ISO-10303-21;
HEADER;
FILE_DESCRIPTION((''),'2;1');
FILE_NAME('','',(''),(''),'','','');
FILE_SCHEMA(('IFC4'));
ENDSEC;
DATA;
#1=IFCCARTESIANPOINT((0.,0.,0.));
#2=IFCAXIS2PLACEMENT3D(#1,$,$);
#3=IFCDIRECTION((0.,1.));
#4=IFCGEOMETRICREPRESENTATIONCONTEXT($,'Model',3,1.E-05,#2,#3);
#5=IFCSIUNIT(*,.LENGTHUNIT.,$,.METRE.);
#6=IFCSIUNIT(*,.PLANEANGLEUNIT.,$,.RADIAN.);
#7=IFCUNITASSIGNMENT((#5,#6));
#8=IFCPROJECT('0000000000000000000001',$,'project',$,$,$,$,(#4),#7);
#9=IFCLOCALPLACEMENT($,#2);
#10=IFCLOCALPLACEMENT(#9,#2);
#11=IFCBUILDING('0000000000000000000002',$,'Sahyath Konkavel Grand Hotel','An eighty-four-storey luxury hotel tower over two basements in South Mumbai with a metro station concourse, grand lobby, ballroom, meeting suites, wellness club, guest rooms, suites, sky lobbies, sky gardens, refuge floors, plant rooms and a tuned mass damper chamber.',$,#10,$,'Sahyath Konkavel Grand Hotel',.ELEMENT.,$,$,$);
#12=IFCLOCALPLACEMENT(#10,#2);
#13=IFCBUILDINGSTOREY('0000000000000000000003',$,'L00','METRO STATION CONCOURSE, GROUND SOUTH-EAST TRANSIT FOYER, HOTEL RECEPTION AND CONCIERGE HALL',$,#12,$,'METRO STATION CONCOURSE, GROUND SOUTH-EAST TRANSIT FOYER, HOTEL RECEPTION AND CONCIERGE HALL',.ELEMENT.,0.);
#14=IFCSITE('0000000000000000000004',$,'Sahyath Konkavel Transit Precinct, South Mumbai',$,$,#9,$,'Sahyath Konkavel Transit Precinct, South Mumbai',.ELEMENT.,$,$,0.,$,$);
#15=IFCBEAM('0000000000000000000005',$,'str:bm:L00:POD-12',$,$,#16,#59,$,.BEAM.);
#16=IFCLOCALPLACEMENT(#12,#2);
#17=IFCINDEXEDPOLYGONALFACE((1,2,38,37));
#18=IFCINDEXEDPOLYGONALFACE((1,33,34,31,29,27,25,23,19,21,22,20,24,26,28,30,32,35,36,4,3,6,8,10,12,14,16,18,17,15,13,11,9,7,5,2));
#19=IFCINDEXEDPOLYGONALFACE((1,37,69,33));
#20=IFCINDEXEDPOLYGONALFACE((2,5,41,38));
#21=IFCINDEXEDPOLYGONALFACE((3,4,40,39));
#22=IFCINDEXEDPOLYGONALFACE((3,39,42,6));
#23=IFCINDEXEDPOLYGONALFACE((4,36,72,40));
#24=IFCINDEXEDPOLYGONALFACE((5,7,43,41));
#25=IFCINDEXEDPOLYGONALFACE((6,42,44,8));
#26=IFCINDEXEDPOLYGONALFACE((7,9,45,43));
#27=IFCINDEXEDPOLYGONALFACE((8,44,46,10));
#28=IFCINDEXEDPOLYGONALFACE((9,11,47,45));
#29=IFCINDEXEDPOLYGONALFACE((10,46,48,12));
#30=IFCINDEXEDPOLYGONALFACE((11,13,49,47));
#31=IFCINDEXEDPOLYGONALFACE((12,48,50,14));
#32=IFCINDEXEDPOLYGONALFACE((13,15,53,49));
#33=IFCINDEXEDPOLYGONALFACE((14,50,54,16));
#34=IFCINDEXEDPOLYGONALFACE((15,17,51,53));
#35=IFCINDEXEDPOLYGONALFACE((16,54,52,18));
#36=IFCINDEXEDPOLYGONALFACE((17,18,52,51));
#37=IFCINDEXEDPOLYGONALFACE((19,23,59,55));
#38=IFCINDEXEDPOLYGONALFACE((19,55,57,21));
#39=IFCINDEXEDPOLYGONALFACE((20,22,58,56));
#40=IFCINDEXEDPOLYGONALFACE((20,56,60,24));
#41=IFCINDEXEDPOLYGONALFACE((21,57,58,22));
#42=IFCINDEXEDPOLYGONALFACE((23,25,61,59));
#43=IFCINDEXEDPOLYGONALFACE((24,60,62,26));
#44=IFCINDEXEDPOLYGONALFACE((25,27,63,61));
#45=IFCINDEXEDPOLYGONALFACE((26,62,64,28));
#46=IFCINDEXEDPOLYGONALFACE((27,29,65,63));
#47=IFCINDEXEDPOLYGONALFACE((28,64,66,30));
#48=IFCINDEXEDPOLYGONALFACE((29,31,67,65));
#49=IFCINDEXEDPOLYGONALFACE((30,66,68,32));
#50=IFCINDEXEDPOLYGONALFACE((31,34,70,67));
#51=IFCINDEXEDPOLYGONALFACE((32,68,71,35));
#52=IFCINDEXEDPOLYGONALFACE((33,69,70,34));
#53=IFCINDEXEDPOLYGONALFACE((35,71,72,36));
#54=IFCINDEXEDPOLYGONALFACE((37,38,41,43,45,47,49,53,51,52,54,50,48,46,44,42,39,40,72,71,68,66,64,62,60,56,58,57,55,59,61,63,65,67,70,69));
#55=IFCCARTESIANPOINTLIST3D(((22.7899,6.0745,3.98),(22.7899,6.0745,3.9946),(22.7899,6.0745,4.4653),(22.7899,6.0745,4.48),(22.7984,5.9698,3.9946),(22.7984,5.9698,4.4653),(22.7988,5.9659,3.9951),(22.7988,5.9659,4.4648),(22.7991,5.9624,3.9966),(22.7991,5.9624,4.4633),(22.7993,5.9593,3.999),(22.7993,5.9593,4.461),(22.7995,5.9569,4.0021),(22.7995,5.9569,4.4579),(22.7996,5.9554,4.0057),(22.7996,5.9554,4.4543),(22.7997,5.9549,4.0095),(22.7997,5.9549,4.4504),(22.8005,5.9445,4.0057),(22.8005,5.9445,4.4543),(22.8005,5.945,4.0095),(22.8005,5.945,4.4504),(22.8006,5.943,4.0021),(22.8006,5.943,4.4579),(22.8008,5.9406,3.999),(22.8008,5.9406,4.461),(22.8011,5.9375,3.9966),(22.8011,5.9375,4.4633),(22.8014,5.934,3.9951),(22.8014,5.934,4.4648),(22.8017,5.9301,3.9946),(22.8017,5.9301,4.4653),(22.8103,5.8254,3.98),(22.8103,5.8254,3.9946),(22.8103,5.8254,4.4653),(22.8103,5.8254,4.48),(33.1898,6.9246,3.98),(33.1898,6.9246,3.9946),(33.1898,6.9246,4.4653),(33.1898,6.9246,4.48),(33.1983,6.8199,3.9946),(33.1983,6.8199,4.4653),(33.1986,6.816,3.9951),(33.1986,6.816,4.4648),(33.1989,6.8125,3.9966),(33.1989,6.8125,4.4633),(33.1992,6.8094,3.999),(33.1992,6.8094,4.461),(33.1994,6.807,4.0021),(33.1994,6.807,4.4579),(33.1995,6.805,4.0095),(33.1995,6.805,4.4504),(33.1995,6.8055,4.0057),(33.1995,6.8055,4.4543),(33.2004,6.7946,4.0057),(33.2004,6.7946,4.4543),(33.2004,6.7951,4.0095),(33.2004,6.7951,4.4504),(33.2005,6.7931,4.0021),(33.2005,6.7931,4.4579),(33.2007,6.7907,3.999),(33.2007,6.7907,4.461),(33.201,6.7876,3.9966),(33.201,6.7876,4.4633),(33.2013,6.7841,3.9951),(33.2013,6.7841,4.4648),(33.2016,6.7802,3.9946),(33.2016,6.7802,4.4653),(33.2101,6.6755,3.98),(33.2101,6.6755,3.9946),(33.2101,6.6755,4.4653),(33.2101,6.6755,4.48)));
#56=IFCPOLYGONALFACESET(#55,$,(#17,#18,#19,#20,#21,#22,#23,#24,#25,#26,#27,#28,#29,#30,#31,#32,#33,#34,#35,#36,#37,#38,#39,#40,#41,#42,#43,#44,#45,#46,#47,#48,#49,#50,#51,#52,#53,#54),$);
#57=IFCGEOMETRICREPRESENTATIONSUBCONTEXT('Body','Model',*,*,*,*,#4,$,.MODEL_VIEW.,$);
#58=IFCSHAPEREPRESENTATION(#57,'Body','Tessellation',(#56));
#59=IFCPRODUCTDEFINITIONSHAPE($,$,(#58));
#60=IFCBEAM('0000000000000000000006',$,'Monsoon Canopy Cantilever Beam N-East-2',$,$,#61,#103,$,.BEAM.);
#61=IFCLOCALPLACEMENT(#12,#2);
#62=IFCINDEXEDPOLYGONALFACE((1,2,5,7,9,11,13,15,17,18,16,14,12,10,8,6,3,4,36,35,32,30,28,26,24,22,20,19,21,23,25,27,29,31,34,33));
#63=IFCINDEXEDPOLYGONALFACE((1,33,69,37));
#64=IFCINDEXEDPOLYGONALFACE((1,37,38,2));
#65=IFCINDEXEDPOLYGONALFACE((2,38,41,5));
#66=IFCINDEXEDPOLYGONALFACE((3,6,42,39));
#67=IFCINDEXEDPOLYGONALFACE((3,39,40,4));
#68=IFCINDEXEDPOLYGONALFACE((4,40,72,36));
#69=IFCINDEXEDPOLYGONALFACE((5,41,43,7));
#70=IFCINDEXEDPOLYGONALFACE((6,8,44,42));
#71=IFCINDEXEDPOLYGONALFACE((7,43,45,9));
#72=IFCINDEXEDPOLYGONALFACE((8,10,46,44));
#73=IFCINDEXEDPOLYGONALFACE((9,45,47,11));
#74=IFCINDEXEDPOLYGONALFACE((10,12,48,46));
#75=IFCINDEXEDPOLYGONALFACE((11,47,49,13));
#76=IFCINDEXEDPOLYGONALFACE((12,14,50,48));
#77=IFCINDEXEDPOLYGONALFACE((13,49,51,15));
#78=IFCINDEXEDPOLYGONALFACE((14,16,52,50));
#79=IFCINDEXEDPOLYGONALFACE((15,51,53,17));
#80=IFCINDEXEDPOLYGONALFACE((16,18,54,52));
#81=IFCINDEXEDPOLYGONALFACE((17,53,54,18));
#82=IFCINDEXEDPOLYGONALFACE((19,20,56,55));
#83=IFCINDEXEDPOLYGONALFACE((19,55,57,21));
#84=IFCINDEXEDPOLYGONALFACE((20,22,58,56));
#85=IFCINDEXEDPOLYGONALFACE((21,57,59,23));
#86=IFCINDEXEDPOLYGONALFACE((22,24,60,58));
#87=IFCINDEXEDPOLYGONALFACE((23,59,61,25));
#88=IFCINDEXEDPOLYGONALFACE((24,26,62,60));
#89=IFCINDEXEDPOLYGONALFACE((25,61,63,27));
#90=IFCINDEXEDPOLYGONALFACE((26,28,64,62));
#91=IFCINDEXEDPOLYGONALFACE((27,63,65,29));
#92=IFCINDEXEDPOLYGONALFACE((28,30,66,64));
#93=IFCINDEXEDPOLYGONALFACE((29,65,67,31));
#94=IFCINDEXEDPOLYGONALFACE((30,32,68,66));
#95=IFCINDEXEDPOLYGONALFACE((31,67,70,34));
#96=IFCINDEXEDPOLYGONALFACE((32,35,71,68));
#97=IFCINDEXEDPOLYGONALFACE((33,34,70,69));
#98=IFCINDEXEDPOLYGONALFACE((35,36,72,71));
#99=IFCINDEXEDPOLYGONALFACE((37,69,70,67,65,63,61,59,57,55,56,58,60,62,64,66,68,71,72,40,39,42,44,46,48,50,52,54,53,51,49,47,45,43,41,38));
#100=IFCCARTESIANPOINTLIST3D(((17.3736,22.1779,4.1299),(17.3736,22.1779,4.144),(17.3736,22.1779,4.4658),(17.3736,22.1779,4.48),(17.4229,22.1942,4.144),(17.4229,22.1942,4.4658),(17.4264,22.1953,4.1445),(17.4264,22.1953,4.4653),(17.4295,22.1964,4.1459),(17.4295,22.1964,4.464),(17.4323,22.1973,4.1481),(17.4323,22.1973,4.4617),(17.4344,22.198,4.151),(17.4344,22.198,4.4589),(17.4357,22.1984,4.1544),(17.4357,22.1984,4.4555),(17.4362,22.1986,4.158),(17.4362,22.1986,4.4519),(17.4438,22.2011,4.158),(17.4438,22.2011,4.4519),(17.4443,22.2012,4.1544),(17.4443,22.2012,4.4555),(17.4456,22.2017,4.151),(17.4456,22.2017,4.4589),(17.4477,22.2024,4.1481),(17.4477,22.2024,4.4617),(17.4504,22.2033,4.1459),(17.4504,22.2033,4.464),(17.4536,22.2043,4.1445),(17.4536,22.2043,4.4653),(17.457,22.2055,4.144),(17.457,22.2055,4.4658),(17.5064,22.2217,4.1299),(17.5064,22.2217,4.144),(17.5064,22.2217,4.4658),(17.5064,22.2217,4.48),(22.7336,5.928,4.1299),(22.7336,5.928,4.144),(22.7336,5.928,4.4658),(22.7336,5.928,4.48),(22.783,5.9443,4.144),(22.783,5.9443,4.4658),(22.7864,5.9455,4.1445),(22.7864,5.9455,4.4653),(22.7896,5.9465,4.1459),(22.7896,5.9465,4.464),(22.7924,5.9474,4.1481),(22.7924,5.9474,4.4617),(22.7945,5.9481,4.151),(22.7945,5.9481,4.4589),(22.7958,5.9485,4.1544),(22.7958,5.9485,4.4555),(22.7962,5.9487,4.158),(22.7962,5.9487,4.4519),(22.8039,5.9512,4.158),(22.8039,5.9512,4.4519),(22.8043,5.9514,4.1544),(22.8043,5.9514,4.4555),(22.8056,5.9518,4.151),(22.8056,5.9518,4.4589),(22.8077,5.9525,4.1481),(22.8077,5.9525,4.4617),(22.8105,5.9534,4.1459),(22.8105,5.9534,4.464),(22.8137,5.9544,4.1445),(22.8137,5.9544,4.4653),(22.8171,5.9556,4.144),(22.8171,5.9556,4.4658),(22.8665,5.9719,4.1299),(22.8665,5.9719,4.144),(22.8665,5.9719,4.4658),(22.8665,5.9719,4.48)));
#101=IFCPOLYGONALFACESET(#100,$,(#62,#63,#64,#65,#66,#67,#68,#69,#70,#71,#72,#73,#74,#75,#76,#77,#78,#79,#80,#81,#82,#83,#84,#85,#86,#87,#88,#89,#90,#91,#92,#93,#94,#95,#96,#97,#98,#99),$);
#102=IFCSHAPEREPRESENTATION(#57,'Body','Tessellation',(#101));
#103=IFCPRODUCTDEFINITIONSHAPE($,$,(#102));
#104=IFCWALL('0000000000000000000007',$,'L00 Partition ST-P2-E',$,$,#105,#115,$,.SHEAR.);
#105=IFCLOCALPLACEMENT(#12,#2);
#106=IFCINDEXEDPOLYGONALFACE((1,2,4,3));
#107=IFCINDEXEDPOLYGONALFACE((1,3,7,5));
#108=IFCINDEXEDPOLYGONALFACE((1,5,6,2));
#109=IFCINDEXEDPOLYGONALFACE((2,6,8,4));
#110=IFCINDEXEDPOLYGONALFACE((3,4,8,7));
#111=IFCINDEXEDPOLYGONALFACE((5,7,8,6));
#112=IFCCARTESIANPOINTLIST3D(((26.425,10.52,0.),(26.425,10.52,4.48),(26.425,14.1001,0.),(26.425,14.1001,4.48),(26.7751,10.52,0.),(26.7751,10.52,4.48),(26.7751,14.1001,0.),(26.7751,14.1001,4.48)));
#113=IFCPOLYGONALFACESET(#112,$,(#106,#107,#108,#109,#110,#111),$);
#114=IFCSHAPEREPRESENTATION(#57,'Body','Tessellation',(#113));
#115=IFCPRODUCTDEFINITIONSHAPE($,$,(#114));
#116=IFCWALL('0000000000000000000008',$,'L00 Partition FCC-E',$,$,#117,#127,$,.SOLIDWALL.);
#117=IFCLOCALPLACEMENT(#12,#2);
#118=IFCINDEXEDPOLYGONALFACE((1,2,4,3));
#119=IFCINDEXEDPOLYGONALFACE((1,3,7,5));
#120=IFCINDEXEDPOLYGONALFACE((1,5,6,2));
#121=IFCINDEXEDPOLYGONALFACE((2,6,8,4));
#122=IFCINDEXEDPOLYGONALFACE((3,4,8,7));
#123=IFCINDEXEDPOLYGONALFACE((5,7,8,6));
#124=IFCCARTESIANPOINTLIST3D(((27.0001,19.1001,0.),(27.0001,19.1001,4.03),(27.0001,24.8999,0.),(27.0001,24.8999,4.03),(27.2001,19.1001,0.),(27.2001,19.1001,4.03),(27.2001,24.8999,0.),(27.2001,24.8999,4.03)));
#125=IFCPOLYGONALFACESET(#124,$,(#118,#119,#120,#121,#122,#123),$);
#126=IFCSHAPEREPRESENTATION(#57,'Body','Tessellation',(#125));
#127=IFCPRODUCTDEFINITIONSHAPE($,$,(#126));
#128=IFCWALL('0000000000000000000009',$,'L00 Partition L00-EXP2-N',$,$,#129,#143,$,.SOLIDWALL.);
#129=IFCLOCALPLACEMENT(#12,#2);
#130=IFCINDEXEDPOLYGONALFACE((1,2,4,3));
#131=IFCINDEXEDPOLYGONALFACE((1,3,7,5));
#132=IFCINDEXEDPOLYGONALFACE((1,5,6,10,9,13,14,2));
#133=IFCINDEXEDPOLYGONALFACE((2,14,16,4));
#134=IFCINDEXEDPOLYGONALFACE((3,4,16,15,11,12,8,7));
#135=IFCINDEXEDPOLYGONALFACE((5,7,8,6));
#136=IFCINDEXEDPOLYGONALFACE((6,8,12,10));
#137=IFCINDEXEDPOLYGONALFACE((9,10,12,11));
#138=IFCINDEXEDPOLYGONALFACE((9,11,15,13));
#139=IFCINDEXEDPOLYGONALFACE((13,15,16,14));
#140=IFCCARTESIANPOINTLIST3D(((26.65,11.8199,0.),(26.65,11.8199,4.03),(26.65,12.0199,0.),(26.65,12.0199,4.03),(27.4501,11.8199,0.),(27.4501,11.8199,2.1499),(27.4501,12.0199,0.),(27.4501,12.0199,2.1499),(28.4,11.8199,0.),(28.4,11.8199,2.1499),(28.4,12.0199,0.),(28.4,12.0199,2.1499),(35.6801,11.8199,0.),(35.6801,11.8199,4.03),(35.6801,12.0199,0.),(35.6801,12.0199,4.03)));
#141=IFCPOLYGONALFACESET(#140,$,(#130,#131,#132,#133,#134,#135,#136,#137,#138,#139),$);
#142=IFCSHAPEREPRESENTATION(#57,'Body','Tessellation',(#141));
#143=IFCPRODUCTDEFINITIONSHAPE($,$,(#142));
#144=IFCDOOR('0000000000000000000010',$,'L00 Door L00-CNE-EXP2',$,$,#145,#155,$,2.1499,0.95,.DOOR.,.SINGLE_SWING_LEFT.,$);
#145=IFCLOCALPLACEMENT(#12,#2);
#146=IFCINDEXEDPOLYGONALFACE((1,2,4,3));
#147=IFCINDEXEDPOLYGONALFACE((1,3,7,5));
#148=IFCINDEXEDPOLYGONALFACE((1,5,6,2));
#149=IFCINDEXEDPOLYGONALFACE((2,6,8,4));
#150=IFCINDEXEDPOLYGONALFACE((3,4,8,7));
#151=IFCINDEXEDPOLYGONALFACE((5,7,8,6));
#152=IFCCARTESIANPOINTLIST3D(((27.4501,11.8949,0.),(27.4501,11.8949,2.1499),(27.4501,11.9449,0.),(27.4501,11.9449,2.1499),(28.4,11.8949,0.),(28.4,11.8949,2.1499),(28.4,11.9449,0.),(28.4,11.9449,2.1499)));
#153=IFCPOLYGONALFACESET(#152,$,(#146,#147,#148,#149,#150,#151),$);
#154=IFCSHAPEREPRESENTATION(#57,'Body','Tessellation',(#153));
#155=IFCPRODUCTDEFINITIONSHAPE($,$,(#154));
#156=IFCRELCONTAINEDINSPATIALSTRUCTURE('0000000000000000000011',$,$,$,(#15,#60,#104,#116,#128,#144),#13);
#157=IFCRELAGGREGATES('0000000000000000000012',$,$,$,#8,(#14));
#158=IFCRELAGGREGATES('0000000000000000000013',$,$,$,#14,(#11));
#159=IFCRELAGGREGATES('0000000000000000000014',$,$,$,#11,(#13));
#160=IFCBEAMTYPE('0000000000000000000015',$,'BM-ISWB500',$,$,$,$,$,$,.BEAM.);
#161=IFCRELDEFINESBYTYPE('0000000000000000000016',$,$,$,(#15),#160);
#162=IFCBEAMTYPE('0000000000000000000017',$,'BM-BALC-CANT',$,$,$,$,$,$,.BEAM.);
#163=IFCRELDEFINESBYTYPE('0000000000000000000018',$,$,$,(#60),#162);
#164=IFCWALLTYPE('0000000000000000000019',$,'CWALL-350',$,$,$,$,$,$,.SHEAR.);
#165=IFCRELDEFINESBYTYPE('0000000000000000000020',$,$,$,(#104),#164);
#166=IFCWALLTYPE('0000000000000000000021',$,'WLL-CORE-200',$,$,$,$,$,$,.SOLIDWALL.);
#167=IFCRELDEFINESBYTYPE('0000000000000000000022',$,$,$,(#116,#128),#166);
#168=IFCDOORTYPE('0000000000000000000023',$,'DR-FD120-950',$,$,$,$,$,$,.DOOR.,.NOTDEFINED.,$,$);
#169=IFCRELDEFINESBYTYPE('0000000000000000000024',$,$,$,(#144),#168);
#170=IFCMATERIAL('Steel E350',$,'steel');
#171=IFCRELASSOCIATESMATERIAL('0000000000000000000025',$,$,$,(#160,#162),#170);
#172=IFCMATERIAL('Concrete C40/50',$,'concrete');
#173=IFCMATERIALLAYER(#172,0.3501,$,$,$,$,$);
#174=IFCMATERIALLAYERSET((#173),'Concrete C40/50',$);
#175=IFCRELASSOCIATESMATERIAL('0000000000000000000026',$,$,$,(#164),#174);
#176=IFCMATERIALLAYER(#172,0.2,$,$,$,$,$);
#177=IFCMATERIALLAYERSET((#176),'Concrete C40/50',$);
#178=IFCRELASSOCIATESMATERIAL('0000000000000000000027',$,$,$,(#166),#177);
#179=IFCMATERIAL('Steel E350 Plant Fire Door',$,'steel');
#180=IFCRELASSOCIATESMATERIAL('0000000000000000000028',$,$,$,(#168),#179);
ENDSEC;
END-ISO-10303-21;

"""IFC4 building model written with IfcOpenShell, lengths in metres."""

from ifc_helpers import new_model, si_unit, direction, frame, frame_2d, origin, origin_2d, place, context, subcontext, project, spatial, rectangle, i_section, extrude, source, transform, mapped, material, layer, layer_set, material_profile, profile_set, type_object, element, fill, save


model = new_model("IFC4")

# Units and contexts
model_context = context("Model", 3, precision=1e-05, world=origin(), true_north=direction((0.0, 1.0)))
body_context = subcontext(model_context, "Body", "Model", "MODEL_VIEW")
ifc_project = project(units=[si_unit("LENGTHUNIT", "METRE"), si_unit("PLANEANGLEUNIT", "RADIAN")], contexts=[model_context])

# Site, building, storey
site_placement = place(None, origin())
site = spatial("IfcSite", under=ifc_project, at=site_placement, Name="Sahyath Konkavel Transit Precinct, South Mumbai", LongName="Sahyath Konkavel Transit Precinct, South Mumbai", CompositionType="ELEMENT", RefElevation=0.0)
building_placement = place(site_placement, origin())
building = spatial("IfcBuilding", under=site, at=building_placement, Name="Sahyath Konkavel Grand Hotel", Description="An eighty-four-storey luxury hotel tower over two basements in South Mumbai with a metro station concourse, grand lobby, ballroom, meeting suites, wellness club, guest rooms, suites, sky lobbies, sky gardens, refuge floors, plant rooms and a tuned mass damper chamber.", LongName="Sahyath Konkavel Grand Hotel", CompositionType="ELEMENT")
storey_placement = place(building_placement, origin())
storey = spatial("IfcBuildingStorey", under=building, at=storey_placement, Name="L00", Description="METRO STATION CONCOURSE, GROUND SOUTH-EAST TRANSIT FOYER, HOTEL RECEPTION AND CONCIERGE HALL", LongName="METRO STATION CONCOURSE, GROUND SOUTH-EAST TRANSIT FOYER, HOTEL RECEPTION AND CONCIERGE HALL", CompositionType="ELEMENT", Elevation=0.0)

# Shared definitions
ifc_material_1 = material(Name="Steel E350", Category="steel")

# Beams
ifc_material_profile_1 = material_profile(ifc_material_1, i_section(OverallWidth=0.25, OverallDepth=0.5, WebThickness=0.01, FlangeThickness=0.0146, FilletRadius=0.0149, at=origin_2d()), Name="ISWB 500")
ifc_profile_set_1 = profile_set([ifc_material_profile_1], Name="Steel E350")
beam_type_1 = type_object("IfcBeamType", Name="BM-ISWB500", PredefinedType="BEAM", material=ifc_profile_set_1)
shared_shape_1 = source(origin(), body_context, "Body", "SweptSolid", [
    extrude(i_section(OverallWidth=0.25, OverallDepth=0.5, WebThickness=0.01, FlangeThickness=0.0146, FilletRadius=0.0149, at=origin_2d()), origin(), (0.0, 0.0, 1.0), 10.4346),
])
beam_1_placement = place(storey_placement, frame((33.2, 6.8, 4.23), z_axis=(-0.996676, -0.081469, 0.0), x_axis=(0.081469, -0.996676, 0.0)))
element("IfcBeam", 1, at=beam_1_placement, inside=storey, type_object=beam_type_1, Name="str:bm:L00:POD-12", PredefinedType="BEAM", context=body_context, shape_type="MappedRepresentation", body=[
    mapped(shared_shape_1, transform((0.0, 0.0, 0.0), scale=1.0)),
])
ifc_material_profile_2 = material_profile(ifc_material_1, i_section(OverallWidth=0.1399, OverallDepth=0.3501, WebThickness=0.0081, FlangeThickness=0.0142, FilletRadius=0.0139, at=origin_2d()), Name="ISMB 350")
ifc_profile_set_2 = profile_set([ifc_material_profile_2], Name="Steel E350")
beam_type_2 = type_object("IfcBeamType", Name="BM-BALC-CANT", PredefinedType="BEAM", material=ifc_profile_set_2)
shared_shape_2 = source(origin(), body_context, "Body", "SweptSolid", [
    extrude(i_section(OverallWidth=0.1399, OverallDepth=0.3501, WebThickness=0.0081, FlangeThickness=0.0142, FilletRadius=0.0139, at=origin_2d()), origin(), (0.0, 0.0, 1.0), 17.1111),
])
beam_2_placement = place(storey_placement, frame((22.8, 5.95, 4.3049), z_axis=(-0.313251, 0.94967, 0.0), x_axis=(-0.94967, -0.313251, 0.0)))
element("IfcBeam", 2, at=beam_2_placement, inside=storey, type_object=beam_type_2, Name="Monsoon Canopy Cantilever Beam N-East-2", PredefinedType="BEAM", context=body_context, shape_type="MappedRepresentation", body=[
    mapped(shared_shape_2, transform((0.0, 0.0, 0.0), scale=1.0)),
])

# Walls
ifc_material_2 = material(Name="Concrete C40/50", Category="concrete")
ifc_layer_1 = layer(ifc_material_2, 0.3501)
ifc_layer_set_1 = layer_set([ifc_layer_1], Name="Concrete C40/50")
wall_type_1 = type_object("IfcWallType", Name="CWALL-350", PredefinedType="SHEAR", material=ifc_layer_set_1)
wall_1_placement = place(storey_placement, frame((26.6001, 10.52, 0.0), z_axis=(0.0, 0.0, 1.0), x_axis=(0.0, 1.0, 0.0)))
element("IfcWall", 3, at=wall_1_placement, inside=storey, type_object=wall_type_1, Name="L00 Partition ST-P2-E", PredefinedType="SHEAR", context=body_context, shape_type="SweptSolid", body=[
    extrude(rectangle(XDim=3.5801, YDim=0.3501, at=frame_2d((1.79, 0.0))), origin(), (0.0, 0.0, 1.0), 4.48),
])
ifc_layer_2 = layer(ifc_material_2, 0.2)
ifc_layer_set_2 = layer_set([ifc_layer_2], Name="Concrete C40/50")
wall_type_2 = type_object("IfcWallType", Name="WLL-CORE-200", PredefinedType="SOLIDWALL", material=ifc_layer_set_2)
wall_2_placement = place(storey_placement, frame((27.1001, 19.1001, 0.0), z_axis=(0.0, 0.0, 1.0), x_axis=(0.0, 1.0, 0.0)))
element("IfcWall", 4, at=wall_2_placement, inside=storey, type_object=wall_type_2, Name="L00 Partition FCC-E", PredefinedType="SOLIDWALL", context=body_context, shape_type="SweptSolid", body=[
    extrude(rectangle(XDim=5.7998, YDim=0.2, at=frame_2d((2.8999, 0.0))), origin(), (0.0, 0.0, 1.0), 4.03),
])

# Wall, opening, door
wall_3_placement = place(storey_placement, frame((26.6499, 11.9199, 0.0), z_axis=(0.0, 0.0, 1.0), x_axis=(1.0, 0.0, 0.0)))
wall_3 = element("IfcWall", 5, at=wall_3_placement, inside=storey, type_object=wall_type_2, Name="L00 Partition L00-EXP2-N", PredefinedType="SOLIDWALL", context=body_context, shape_type="SweptSolid", body=[
    extrude(rectangle(XDim=9.03, YDim=0.2, at=frame_2d((4.5151, 0.0))), origin(), (0.0, 0.0, 1.0), 4.03),
])
opening_1_placement = place(wall_3_placement, frame((0.8, 0.0, 0.0)))
opening_1 = element("IfcOpeningElement", 6, at=opening_1_placement, cuts=wall_3, PredefinedType="OPENING", context=body_context, shape_type="SweptSolid", body=[
    extrude(rectangle(XDim=0.95, YDim=2.1499, at=frame_2d((0.4751, 1.075))), frame((0.0, 0.1099, 0.0), z_axis=(0.0, -1.0, 0.0), x_axis=(1.0, 0.0, 0.0)), (0.0, 0.0, 1.0), 0.22),
])
ifc_material_3 = material(Name="Steel E350 Plant Fire Door", Category="steel")
door_type_1 = type_object("IfcDoorType", Name="DR-FD120-950", OperationType="NOTDEFINED", PredefinedType="DOOR", material=ifc_material_3)
shared_shape_3 = source(origin(), body_context, "Body", "SweptSolid", [
    extrude(rectangle(XDim=0.95, YDim=0.05, at=origin_2d()), origin(), (0.0, 0.0, 1.0), 2.1499),
])
door_1_placement = place(opening_1_placement, frame((0.4751, 0.0, 0.0)))
door_1 = element("IfcDoor", 7, at=door_1_placement, inside=storey, type_object=door_type_1, Name="L00 Door L00-CNE-EXP2", OperationType="SINGLE_SWING_LEFT", OverallHeight=2.1499, OverallWidth=0.95, PredefinedType="DOOR", context=body_context, shape_type="MappedRepresentation", body=[
    mapped(shared_shape_3, transform((0.0, 0.0, 0.0), scale=1.0)),
])
fill(opening_1, door_1)

save(model, "model.ifc")
